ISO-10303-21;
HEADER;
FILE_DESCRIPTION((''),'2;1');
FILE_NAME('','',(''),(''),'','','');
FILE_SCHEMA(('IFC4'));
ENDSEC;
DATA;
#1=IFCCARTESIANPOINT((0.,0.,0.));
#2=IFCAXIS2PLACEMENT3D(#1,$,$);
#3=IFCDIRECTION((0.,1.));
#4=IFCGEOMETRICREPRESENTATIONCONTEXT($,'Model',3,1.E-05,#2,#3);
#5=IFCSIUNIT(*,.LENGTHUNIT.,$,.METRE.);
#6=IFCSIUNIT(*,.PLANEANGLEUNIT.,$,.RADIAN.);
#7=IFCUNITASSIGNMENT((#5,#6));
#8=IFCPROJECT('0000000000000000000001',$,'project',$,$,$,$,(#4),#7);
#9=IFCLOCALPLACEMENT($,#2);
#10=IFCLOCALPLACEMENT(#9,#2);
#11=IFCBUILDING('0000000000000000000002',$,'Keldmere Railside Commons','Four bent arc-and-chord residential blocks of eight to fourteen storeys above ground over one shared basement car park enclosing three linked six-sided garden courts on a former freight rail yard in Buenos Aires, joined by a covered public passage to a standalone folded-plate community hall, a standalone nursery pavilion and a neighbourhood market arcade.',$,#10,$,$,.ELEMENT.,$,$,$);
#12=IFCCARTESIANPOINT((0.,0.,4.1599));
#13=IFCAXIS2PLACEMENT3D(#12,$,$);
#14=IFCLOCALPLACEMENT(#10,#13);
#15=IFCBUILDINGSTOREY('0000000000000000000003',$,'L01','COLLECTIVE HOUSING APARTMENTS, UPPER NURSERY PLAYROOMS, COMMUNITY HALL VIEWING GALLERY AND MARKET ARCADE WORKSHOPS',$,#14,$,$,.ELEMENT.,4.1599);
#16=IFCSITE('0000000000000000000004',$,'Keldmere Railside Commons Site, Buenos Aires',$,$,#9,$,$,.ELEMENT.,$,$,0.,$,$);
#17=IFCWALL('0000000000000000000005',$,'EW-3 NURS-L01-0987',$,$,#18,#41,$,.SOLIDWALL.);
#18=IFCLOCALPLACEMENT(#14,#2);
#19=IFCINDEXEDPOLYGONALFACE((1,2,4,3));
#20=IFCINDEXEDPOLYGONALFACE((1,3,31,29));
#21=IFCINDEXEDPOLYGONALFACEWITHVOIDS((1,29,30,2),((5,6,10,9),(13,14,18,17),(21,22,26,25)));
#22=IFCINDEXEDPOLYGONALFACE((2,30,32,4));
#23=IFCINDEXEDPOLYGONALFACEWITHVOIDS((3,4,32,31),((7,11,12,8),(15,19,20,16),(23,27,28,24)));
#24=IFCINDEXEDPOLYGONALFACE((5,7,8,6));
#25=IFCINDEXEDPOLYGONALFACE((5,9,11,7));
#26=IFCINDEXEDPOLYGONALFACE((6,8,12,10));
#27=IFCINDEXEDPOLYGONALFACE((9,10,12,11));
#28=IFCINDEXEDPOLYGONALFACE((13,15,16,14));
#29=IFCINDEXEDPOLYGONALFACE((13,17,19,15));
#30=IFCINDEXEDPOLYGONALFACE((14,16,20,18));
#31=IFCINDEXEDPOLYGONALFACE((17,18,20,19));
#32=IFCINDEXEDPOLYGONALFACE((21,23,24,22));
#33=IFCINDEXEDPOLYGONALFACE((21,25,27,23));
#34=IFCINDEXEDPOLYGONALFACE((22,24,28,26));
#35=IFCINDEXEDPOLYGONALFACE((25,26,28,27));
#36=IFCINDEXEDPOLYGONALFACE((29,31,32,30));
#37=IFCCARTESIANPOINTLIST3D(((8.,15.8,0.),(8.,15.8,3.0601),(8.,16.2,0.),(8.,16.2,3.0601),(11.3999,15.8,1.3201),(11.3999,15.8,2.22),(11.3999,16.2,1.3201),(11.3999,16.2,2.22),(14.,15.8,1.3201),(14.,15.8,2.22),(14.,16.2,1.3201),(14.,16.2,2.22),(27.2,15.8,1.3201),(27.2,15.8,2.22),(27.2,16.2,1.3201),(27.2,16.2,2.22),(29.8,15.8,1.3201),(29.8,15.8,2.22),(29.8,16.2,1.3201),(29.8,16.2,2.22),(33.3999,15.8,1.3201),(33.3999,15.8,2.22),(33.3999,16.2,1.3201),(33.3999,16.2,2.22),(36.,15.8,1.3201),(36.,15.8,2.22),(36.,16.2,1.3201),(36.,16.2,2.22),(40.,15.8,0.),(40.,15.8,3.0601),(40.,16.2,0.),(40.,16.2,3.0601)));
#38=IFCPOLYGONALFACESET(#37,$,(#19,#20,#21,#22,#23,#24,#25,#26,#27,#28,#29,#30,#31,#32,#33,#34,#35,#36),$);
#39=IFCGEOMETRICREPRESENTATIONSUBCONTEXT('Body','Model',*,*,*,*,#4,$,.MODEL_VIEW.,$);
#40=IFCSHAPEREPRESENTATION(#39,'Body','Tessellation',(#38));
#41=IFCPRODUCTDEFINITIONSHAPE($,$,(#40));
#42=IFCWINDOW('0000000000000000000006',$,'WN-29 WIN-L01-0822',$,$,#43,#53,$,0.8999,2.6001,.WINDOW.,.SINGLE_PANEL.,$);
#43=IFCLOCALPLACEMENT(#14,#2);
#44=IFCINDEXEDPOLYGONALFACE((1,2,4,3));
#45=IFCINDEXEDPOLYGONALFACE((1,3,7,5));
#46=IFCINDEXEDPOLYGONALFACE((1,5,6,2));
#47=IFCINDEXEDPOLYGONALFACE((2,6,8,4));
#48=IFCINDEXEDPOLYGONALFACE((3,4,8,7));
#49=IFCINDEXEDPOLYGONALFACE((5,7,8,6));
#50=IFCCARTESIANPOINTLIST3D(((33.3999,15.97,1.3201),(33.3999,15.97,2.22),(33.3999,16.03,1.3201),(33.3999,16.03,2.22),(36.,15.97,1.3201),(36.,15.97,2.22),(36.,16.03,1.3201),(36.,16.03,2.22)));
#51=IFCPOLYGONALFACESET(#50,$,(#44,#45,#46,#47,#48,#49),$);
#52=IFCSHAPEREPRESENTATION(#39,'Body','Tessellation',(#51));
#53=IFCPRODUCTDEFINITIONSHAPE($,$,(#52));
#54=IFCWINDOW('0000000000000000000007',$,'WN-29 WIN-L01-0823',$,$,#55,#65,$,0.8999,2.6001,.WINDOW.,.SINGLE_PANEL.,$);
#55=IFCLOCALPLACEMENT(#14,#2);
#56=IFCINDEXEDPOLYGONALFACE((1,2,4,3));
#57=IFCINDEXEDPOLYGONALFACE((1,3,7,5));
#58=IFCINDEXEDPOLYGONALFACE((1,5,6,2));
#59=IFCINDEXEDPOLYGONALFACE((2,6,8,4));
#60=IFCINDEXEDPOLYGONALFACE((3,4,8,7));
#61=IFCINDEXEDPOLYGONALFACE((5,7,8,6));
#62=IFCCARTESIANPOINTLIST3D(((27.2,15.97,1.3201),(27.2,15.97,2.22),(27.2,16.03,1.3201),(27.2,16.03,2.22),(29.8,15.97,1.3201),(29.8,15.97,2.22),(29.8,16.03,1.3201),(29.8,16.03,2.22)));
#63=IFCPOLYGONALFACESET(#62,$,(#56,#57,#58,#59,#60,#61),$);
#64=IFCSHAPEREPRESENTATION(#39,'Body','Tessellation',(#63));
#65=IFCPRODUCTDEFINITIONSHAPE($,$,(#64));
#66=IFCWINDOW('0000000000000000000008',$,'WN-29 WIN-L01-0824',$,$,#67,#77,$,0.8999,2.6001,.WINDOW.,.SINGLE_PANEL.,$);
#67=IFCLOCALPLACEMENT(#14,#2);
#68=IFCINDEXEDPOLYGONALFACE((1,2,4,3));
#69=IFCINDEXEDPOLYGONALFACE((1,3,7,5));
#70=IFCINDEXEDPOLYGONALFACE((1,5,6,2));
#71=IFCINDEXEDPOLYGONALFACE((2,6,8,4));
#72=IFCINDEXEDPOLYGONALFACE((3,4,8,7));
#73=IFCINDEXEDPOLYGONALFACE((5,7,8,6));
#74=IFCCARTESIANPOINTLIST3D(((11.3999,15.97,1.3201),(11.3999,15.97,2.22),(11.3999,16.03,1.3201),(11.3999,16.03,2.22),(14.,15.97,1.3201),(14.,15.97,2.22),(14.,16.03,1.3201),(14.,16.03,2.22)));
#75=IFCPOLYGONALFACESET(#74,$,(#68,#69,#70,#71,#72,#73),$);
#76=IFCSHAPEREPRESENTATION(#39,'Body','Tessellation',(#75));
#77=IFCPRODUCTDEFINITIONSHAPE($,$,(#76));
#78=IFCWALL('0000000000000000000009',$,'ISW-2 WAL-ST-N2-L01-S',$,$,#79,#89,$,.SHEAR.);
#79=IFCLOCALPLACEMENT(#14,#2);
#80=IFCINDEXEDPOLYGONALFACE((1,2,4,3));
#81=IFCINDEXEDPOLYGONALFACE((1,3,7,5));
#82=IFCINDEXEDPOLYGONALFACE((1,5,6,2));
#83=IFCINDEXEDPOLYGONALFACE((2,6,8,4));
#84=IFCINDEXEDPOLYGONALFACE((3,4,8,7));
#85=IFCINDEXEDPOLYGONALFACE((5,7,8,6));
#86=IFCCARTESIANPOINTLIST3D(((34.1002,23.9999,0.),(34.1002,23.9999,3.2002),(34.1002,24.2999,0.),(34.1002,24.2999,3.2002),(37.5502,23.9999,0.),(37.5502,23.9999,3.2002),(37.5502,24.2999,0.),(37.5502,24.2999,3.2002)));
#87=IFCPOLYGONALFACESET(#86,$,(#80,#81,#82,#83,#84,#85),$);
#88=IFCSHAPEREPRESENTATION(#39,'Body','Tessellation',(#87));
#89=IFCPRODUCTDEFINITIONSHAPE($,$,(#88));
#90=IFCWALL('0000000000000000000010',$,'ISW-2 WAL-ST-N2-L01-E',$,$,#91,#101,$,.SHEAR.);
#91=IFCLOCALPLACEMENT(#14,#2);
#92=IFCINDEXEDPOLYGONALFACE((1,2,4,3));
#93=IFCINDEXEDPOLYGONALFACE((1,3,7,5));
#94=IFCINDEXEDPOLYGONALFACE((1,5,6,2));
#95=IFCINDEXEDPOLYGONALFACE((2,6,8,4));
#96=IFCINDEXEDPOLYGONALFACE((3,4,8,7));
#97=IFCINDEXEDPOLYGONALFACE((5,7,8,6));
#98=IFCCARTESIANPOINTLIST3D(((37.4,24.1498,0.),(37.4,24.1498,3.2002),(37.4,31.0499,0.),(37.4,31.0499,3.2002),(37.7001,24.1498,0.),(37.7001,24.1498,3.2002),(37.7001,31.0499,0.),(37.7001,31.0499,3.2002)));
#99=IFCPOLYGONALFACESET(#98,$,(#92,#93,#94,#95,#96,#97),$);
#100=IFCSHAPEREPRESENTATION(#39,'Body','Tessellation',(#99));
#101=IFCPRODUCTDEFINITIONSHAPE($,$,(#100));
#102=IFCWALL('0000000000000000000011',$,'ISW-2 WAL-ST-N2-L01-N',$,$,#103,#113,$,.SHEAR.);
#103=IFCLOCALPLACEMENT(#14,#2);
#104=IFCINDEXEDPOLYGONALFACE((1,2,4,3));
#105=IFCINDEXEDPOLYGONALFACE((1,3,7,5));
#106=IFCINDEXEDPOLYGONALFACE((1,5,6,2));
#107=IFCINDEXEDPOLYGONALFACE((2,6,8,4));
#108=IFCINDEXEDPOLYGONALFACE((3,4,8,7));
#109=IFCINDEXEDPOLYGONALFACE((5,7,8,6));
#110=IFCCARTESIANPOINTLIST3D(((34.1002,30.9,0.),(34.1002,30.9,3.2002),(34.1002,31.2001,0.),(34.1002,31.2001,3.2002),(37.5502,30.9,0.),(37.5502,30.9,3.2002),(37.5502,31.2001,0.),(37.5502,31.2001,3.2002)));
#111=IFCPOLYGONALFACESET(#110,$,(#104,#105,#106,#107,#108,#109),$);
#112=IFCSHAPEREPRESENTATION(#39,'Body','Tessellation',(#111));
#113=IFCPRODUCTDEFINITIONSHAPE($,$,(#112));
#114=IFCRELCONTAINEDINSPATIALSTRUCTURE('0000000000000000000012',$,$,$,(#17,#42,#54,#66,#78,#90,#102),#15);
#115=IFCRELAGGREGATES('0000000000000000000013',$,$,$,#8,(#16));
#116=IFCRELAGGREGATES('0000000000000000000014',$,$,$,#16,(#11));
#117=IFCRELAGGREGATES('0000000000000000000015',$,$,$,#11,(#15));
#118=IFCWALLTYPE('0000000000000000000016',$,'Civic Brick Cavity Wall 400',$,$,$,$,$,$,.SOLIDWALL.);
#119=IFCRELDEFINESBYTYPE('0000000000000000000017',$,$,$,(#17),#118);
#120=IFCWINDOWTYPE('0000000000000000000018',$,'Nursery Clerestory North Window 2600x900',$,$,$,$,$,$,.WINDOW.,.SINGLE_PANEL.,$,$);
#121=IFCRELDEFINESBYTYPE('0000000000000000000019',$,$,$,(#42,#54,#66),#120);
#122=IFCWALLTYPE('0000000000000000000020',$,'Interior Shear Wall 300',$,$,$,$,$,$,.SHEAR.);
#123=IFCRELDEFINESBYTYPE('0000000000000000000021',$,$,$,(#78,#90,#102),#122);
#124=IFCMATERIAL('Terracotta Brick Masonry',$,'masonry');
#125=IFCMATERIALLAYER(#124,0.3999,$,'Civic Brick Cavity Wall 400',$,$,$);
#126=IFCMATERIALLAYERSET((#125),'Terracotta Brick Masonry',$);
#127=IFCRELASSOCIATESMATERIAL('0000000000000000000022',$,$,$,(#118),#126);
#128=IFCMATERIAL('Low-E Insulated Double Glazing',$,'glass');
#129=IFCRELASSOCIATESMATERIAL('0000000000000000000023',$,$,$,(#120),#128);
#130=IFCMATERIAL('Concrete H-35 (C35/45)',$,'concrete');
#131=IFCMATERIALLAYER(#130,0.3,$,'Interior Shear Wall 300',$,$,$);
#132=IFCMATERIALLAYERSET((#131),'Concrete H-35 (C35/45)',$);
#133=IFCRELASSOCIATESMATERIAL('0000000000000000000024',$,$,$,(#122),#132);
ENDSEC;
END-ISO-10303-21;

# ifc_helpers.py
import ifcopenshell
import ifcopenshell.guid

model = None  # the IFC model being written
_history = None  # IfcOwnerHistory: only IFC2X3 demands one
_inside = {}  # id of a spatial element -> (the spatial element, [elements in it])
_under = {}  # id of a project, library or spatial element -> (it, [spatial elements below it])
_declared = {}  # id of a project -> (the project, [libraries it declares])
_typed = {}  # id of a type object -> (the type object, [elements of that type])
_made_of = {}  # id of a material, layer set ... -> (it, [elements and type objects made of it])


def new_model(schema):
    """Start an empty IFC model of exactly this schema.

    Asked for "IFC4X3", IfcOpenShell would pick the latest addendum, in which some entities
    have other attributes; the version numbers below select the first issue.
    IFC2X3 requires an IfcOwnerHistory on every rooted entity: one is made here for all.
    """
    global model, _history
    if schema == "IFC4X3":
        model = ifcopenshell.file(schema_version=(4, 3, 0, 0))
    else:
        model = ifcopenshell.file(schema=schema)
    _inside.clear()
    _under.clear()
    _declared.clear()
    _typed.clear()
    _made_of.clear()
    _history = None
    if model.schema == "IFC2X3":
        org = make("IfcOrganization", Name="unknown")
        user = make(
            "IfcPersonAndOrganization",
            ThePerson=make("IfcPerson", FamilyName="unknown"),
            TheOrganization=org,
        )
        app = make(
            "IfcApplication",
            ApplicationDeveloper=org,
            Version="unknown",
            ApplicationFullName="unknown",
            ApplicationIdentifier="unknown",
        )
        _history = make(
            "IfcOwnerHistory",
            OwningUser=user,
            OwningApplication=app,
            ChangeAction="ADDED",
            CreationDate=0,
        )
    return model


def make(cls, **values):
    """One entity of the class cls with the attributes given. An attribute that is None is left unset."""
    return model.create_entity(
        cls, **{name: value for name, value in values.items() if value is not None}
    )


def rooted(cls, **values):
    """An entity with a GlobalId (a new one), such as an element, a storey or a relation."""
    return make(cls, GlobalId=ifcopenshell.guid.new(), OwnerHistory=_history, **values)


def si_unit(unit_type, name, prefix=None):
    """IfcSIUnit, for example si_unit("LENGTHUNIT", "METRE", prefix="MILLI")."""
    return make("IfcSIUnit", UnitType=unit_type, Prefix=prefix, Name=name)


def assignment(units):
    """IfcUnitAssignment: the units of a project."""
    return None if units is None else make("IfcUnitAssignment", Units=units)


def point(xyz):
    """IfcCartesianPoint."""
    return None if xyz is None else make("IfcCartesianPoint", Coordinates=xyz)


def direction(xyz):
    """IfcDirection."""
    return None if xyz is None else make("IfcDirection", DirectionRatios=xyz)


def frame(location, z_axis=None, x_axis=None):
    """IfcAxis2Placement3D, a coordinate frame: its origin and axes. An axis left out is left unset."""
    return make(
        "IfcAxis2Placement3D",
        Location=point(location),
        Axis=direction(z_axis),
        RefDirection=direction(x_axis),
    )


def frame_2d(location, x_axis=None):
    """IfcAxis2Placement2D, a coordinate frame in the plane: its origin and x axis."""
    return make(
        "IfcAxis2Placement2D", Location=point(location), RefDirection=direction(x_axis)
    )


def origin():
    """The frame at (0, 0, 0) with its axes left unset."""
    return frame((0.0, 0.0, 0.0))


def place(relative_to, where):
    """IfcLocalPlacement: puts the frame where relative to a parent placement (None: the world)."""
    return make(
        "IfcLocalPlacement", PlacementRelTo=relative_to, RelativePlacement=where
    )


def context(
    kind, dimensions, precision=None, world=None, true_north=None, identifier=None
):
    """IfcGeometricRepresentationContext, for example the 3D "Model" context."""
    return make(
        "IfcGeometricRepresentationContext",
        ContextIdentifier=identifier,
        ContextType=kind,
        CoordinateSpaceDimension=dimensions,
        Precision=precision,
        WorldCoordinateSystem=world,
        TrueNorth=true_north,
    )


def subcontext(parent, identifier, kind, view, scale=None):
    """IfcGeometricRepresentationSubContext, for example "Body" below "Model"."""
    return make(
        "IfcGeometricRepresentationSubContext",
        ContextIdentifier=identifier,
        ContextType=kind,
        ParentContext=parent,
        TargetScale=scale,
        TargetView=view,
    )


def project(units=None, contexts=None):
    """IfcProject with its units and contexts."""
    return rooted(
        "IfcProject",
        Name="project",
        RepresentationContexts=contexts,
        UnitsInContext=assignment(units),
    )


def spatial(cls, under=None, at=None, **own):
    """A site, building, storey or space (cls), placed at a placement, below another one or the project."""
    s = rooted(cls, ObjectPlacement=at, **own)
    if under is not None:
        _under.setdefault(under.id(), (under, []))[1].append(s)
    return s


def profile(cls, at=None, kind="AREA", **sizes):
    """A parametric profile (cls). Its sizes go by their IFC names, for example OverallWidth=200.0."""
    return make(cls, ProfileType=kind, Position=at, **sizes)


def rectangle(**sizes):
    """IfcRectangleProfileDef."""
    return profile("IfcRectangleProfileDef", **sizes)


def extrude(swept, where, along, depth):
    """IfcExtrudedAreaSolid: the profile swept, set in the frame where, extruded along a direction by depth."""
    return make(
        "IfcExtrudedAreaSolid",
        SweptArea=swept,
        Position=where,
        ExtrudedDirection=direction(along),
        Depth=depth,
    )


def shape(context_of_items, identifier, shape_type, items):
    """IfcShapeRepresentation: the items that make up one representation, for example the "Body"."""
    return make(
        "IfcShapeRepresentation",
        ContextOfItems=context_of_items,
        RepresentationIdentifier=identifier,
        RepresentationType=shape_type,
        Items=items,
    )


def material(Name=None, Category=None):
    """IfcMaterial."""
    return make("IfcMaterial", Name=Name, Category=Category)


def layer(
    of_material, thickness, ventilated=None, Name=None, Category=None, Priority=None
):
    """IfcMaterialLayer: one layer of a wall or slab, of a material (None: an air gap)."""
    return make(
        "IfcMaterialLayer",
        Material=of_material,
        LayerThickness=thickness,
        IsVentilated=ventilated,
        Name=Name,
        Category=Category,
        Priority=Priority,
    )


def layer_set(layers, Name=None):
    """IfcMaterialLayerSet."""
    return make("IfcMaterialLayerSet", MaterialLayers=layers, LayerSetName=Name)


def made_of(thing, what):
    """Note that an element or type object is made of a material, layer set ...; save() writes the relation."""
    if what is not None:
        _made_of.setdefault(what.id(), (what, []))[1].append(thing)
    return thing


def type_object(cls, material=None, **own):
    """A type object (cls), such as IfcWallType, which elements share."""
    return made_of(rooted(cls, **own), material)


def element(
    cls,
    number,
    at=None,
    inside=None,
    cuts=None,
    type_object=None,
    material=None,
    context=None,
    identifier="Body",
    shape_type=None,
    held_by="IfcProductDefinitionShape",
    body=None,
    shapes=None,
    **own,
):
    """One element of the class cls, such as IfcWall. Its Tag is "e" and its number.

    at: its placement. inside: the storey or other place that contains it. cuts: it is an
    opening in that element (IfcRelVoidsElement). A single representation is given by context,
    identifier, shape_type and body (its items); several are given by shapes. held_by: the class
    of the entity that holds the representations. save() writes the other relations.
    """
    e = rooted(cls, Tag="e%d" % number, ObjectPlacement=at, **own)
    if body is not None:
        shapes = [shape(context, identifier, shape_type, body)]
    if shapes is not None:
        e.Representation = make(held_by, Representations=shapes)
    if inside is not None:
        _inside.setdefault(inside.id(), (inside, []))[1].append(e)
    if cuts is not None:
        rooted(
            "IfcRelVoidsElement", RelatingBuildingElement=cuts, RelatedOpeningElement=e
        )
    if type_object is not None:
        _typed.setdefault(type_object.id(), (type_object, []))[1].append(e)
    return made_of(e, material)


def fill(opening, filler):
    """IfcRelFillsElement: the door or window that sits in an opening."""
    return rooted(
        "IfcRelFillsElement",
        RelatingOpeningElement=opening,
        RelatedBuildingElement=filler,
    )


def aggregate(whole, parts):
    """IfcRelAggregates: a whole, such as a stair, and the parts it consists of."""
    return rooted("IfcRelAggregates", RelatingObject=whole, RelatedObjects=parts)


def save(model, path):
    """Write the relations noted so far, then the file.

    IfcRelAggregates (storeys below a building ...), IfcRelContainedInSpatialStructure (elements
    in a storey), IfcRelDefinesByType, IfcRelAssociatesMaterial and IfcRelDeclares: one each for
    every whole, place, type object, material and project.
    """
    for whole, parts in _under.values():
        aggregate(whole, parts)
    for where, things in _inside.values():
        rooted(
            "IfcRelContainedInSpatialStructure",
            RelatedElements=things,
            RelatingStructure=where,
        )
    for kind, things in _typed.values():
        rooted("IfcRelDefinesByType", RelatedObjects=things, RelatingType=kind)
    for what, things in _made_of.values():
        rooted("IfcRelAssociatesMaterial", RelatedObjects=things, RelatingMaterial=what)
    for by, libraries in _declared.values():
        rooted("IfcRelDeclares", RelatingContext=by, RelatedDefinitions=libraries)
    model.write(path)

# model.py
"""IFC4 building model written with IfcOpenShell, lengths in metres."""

from ifc_helpers import new_model, si_unit, direction, frame, frame_2d, origin, place, context, subcontext, project, spatial, rectangle, extrude, material, layer, layer_set, type_object, element, fill, save


model = new_model("IFC4")

# Units and contexts
model_context = context("Model", 3, precision=1e-05, world=origin(), true_north=direction((0.0, 1.0)))
body_context = subcontext(model_context, "Body", "Model", "MODEL_VIEW")
ifc_project = project(units=[si_unit("LENGTHUNIT", "METRE"), si_unit("PLANEANGLEUNIT", "RADIAN")], contexts=[model_context])

# Site, building, storey
site_placement = place(None, origin())
site = spatial("IfcSite", under=ifc_project, at=site_placement, Name="Keldmere Railside Commons Site, Buenos Aires", CompositionType="ELEMENT", RefElevation=0.0)
building_placement = place(site_placement, origin())
building = spatial("IfcBuilding", under=site, at=building_placement, Name="Keldmere Railside Commons", Description="Four bent arc-and-chord residential blocks of eight to fourteen storeys above ground over one shared basement car park enclosing three linked six-sided garden courts on a former freight rail yard in Buenos Aires, joined by a covered public passage to a standalone folded-plate community hall, a standalone nursery pavilion and a neighbourhood market arcade.", CompositionType="ELEMENT")
storey_placement = place(building_placement, frame((0.0, 0.0, 4.1599)))
storey = spatial("IfcBuildingStorey", under=building, at=storey_placement, Name="L01", Description="COLLECTIVE HOUSING APARTMENTS, UPPER NURSERY PLAYROOMS, COMMUNITY HALL VIEWING GALLERY AND MARKET ARCADE WORKSHOPS", CompositionType="ELEMENT", Elevation=4.1599)

# Shared definitions
ifc_material_1 = material(Name="Concrete H-35 (C35/45)", Category="concrete")

# Wall, openings, windows
ifc_material_2 = material(Name="Terracotta Brick Masonry", Category="masonry")
ifc_layer_1 = layer(ifc_material_2, 0.3999, Name="Civic Brick Cavity Wall 400")
ifc_layer_set_1 = layer_set([ifc_layer_1], Name="Terracotta Brick Masonry")
wall_type_1 = type_object("IfcWallType", Name="Civic Brick Cavity Wall 400", PredefinedType="SOLIDWALL", material=ifc_layer_set_1)
wall_1_placement = place(storey_placement, frame((40.0, 16.0, 0.0), z_axis=(0.0, 0.0, 1.0), x_axis=(-1.0, 0.0, 0.0)))
wall_1 = element("IfcWall", 1, at=wall_1_placement, inside=storey, type_object=wall_type_1, Name="EW-3 NURS-L01-0987", PredefinedType="SOLIDWALL", context=body_context, shape_type="SweptSolid", body=[
    extrude(rectangle(XDim=32.0, YDim=0.3999, at=frame_2d((16.0, 0.0))), origin(), (0.0, 0.0, 1.0), 3.0601),
])
opening_1_placement = place(wall_1_placement, frame((4.0, 0.0, 1.3201)))
opening_1 = element("IfcOpeningElement", 2, at=opening_1_placement, cuts=wall_1, PredefinedType="OPENING", context=body_context, shape_type="SweptSolid", body=[
    extrude(rectangle(XDim=2.6001, YDim=0.8999, at=frame_2d((1.3, 0.45))), frame((0.0, 0.21, 0.0), z_axis=(0.0, -1.0, 0.0), x_axis=(1.0, 0.0, 0.0)), (0.0, 0.0, 1.0), 0.4199),
])
opening_2_placement = place(wall_1_placement, frame((10.2, 0.0, 1.3201)))
opening_2 = element("IfcOpeningElement", 3, at=opening_2_placement, cuts=wall_1, PredefinedType="OPENING", context=body_context, shape_type="SweptSolid", body=[
    extrude(rectangle(XDim=2.6001, YDim=0.8999, at=frame_2d((1.3, 0.45))), frame((0.0, 0.21, 0.0), z_axis=(0.0, -1.0, 0.0), x_axis=(1.0, 0.0, 0.0)), (0.0, 0.0, 1.0), 0.4199),
])
opening_3_placement = place(wall_1_placement, frame((26.0, 0.0, 1.3201)))
opening_3 = element("IfcOpeningElement", 4, at=opening_3_placement, cuts=wall_1, PredefinedType="OPENING", context=body_context, shape_type="SweptSolid", body=[
    extrude(rectangle(XDim=2.6001, YDim=0.8999, at=frame_2d((1.3, 0.45))), frame((0.0, 0.21, 0.0), z_axis=(0.0, -1.0, 0.0), x_axis=(1.0, 0.0, 0.0)), (0.0, 0.0, 1.0), 0.4199),
])
ifc_material_3 = material(Name="Low-E Insulated Double Glazing", Category="glass")
window_type = type_object("IfcWindowType", Name="Nursery Clerestory North Window 2600x900", PartitioningType="SINGLE_PANEL", PredefinedType="WINDOW", material=ifc_material_3)
window_1_placement = place(opening_1_placement, origin())
window_1 = element("IfcWindow", 5, at=window_1_placement, inside=storey, type_object=window_type, Name="WN-29 WIN-L01-0822", OverallHeight=0.8999, OverallWidth=2.6001, PartitioningType="SINGLE_PANEL", PredefinedType="WINDOW", context=body_context, shape_type="SweptSolid", body=[
    extrude(rectangle(XDim=2.6001, YDim=0.8999, at=frame_2d((1.3, 0.45))), frame((0.0, 0.03, 0.0), z_axis=(0.0, -1.0, 0.0), x_axis=(1.0, 0.0, 0.0)), (0.0, 0.0, 1.0), 0.0601),
])
fill(opening_1, window_1)
window_2_placement = place(opening_2_placement, origin())
window_2 = element("IfcWindow", 6, at=window_2_placement, inside=storey, type_object=window_type, Name="WN-29 WIN-L01-0823", OverallHeight=0.8999, OverallWidth=2.6001, PartitioningType="SINGLE_PANEL", PredefinedType="WINDOW", context=body_context, shape_type="SweptSolid", body=[
    extrude(rectangle(XDim=2.6001, YDim=0.8999, at=frame_2d((1.3, 0.45))), frame((0.0, 0.03, 0.0), z_axis=(0.0, -1.0, 0.0), x_axis=(1.0, 0.0, 0.0)), (0.0, 0.0, 1.0), 0.0601),
])
fill(opening_2, window_2)
window_3_placement = place(opening_3_placement, origin())
window_3 = element("IfcWindow", 7, at=window_3_placement, inside=storey, type_object=window_type, Name="WN-29 WIN-L01-0824", OverallHeight=0.8999, OverallWidth=2.6001, PartitioningType="SINGLE_PANEL", PredefinedType="WINDOW", context=body_context, shape_type="SweptSolid", body=[
    extrude(rectangle(XDim=2.6001, YDim=0.8999, at=frame_2d((1.3, 0.45))), frame((0.0, 0.03, 0.0), z_axis=(0.0, -1.0, 0.0), x_axis=(1.0, 0.0, 0.0)), (0.0, 0.0, 1.0), 0.0601),
])
fill(opening_3, window_3)

# Walls
ifc_layer_2 = layer(ifc_material_1, 0.3, Name="Interior Shear Wall 300")
ifc_layer_set_2 = layer_set([ifc_layer_2], Name="Concrete H-35 (C35/45)")
wall_type_2 = type_object("IfcWallType", Name="Interior Shear Wall 300", PredefinedType="SHEAR", material=ifc_layer_set_2)
wall_2_placement = place(storey_placement, frame((34.1001, 24.1499, 0.0), z_axis=(0.0, 0.0, 1.0), x_axis=(1.0, 0.0, 0.0)))
element("IfcWall", 8, at=wall_2_placement, inside=storey, type_object=wall_type_2, Name="ISW-2 WAL-ST-N2-L01-S", PredefinedType="SHEAR", context=body_context, shape_type="SweptSolid", body=[
    extrude(rectangle(XDim=3.45, YDim=0.3, at=frame_2d((1.7251, 0.0))), origin(), (0.0, 0.0, 1.0), 3.2002),
])
wall_3_placement = place(storey_placement, frame((37.55, 31.05, 0.0), z_axis=(0.0, 0.0, 1.0), x_axis=(0.0, -1.0, 0.0)))
element("IfcWall", 9, at=wall_3_placement, inside=storey, type_object=wall_type_2, Name="ISW-2 WAL-ST-N2-L01-E", PredefinedType="SHEAR", context=body_context, shape_type="SweptSolid", body=[
    extrude(rectangle(XDim=6.9001, YDim=0.3, at=frame_2d((3.4502, 0.0))), origin(), (0.0, 0.0, 1.0), 3.2002),
])
wall_4_placement = place(storey_placement, frame((34.1001, 31.05, 0.0), z_axis=(0.0, 0.0, 1.0), x_axis=(1.0, 0.0, 0.0)))
element("IfcWall", 10, at=wall_4_placement, inside=storey, type_object=wall_type_2, Name="ISW-2 WAL-ST-N2-L01-N", PredefinedType="SHEAR", context=body_context, shape_type="SweptSolid", body=[
    extrude(rectangle(XDim=3.45, YDim=0.3, at=frame_2d((1.7251, 0.0))), origin(), (0.0, 0.0, 1.0), 3.2002),
])

save(model, "model.ifc")
